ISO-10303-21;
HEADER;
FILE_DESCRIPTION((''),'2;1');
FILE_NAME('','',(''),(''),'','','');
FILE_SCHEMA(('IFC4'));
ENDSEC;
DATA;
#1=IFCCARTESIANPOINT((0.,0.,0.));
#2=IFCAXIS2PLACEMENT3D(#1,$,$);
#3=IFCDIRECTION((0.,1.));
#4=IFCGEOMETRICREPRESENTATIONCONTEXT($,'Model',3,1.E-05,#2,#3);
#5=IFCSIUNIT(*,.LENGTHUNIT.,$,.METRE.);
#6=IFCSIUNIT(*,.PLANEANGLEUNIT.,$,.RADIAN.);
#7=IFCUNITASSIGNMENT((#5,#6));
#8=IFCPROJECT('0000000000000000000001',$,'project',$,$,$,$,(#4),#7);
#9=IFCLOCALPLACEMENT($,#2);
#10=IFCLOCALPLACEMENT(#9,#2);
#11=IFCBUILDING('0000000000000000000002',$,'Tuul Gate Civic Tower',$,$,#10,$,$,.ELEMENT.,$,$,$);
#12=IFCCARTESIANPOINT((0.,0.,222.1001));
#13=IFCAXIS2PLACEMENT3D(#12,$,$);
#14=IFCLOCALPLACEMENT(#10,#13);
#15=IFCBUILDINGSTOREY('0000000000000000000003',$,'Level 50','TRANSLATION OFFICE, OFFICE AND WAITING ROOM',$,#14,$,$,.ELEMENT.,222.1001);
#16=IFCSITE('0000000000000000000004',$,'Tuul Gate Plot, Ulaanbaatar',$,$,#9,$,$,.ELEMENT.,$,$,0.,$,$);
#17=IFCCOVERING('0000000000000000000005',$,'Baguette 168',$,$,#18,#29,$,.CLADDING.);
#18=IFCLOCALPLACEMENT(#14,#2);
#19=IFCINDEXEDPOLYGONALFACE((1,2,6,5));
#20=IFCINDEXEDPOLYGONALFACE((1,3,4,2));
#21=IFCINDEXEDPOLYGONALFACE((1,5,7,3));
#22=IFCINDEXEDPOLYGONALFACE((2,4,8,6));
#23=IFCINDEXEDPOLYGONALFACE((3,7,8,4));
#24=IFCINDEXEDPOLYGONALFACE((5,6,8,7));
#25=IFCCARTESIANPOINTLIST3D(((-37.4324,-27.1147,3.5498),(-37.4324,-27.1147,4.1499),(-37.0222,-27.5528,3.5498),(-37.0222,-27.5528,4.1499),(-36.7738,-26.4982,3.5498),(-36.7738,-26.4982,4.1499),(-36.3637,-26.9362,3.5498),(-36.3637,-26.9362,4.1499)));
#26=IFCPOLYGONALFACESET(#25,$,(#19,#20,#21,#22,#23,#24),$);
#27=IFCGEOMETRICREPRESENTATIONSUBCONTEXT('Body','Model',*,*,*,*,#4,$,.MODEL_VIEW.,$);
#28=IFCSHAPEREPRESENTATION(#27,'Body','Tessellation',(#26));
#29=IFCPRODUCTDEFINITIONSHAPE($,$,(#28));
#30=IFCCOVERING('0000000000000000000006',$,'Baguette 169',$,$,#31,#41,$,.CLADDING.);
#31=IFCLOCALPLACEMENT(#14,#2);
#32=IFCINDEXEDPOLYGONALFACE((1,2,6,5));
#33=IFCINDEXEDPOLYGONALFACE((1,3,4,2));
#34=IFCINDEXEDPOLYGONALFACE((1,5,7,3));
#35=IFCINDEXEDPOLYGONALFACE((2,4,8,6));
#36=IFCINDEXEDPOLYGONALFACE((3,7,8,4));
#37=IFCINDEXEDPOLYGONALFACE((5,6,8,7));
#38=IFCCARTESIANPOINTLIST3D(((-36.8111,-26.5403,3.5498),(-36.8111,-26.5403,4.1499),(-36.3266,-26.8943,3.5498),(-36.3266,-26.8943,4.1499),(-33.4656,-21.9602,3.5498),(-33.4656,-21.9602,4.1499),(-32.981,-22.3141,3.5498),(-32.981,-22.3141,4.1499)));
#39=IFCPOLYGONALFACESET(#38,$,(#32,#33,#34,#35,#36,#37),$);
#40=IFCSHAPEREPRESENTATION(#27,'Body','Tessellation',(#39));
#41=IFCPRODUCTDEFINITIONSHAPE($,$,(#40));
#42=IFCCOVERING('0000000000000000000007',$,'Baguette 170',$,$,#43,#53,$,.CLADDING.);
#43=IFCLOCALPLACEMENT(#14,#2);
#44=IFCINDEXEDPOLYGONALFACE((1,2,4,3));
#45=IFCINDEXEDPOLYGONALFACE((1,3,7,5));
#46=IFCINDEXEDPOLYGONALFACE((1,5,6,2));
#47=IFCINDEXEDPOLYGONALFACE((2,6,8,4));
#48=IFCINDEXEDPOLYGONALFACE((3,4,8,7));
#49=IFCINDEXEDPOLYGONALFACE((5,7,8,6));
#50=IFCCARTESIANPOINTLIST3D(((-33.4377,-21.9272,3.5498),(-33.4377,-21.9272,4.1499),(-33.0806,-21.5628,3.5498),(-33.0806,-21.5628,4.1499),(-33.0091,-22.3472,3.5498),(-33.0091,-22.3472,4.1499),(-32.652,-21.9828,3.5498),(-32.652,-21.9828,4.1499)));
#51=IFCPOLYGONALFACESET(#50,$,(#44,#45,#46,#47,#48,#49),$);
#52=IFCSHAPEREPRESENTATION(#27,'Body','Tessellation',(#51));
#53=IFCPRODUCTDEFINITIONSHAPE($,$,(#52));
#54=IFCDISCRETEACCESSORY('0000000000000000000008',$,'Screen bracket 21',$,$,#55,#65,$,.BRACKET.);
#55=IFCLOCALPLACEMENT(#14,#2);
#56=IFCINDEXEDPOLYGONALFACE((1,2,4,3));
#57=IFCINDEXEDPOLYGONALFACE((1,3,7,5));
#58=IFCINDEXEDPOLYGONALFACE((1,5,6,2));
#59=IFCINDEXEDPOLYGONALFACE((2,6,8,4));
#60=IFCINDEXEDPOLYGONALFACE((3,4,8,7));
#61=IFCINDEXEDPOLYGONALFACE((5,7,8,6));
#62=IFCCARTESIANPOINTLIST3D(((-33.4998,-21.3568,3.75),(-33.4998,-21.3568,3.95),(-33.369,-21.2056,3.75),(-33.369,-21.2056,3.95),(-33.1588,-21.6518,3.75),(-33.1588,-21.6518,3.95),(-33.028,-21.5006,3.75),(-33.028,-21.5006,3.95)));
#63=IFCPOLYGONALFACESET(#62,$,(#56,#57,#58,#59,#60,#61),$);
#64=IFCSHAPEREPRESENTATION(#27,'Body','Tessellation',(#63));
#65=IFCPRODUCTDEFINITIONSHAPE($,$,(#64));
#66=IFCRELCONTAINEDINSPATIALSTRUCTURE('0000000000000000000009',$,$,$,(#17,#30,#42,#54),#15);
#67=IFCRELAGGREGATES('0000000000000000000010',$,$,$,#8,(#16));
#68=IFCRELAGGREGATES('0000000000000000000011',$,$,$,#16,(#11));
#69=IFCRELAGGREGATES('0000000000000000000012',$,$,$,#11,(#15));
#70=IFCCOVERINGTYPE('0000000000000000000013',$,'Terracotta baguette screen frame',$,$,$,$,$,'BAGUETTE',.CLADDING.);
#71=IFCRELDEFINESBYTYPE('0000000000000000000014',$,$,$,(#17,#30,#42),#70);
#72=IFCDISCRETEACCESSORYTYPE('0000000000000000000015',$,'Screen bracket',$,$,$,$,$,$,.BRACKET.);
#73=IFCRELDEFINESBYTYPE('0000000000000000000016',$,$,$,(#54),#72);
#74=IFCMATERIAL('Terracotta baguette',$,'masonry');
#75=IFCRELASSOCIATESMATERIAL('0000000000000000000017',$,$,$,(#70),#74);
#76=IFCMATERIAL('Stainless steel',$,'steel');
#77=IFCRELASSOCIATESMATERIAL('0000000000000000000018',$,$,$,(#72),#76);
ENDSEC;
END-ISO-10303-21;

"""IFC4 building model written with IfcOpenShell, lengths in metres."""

from ifc_helpers import new_model, si_unit, direction, frame, origin, origin_2d, place, context, subcontext, project, spatial, rectangle, extrude, material, material_profile, profile_set, type_object, element, save


model = new_model("IFC4")

# Units and contexts
model_context = context("Model", 3, precision=1e-05, world=origin(), true_north=direction((0.0, 1.0)))
body_context = subcontext(model_context, "Body", "Model", "MODEL_VIEW")
ifc_project = project(units=[si_unit("LENGTHUNIT", "METRE"), si_unit("PLANEANGLEUNIT", "RADIAN")], contexts=[model_context])

# Site, building, storey
site_placement = place(None, origin())
site = spatial("IfcSite", under=ifc_project, at=site_placement, Name="Tuul Gate Plot, Ulaanbaatar", CompositionType="ELEMENT", RefElevation=0.0)
building_placement = place(site_placement, origin())
building = spatial("IfcBuilding", under=site, at=building_placement, Name="Tuul Gate Civic Tower", CompositionType="ELEMENT")
storey_placement = place(building_placement, frame((0.0, 0.0, 222.1001)))
storey = spatial("IfcBuildingStorey", under=building, at=storey_placement, Name="Level 50", Description="TRANSLATION OFFICE, OFFICE AND WAITING ROOM", CompositionType="ELEMENT", Elevation=222.1001)

# Coverings
ifc_material_1 = material(Name="Terracotta baguette", Category="masonry")
ifc_material_profile_1 = material_profile(ifc_material_1, rectangle(XDim=0.6001, YDim=0.6001, at=origin_2d()), Name="Terracotta baguette screen frame")
ifc_profile_set_1 = profile_set([ifc_material_profile_1], Name="Terracotta baguette")
covering_type = type_object("IfcCoveringType", Name="Terracotta baguette screen frame", ElementType="BAGUETTE", PredefinedType="CLADDING", material=ifc_profile_set_1)
covering_1_placement = place(storey_placement, frame((-37.2273, -27.3337, 3.8499), z_axis=(0.730001, 0.683446, 0.0), x_axis=(-0.683446, 0.730001, 0.0)))
element("IfcCovering", 1, at=covering_1_placement, inside=storey, type_object=covering_type, Name="Baguette 168", PredefinedType="CLADDING", context=body_context, shape_type="SweptSolid", body=[
    extrude(rectangle(XDim=0.6001, YDim=0.6001, at=origin_2d()), origin(), (0.0, 0.0, 1.0), 0.9021),
])
covering_2_placement = place(storey_placement, frame((-36.5688, -26.7173, 3.8499), z_axis=(0.589842, 0.807519, 0.0), x_axis=(-0.807519, 0.589842, 0.0)))
element("IfcCovering", 2, at=covering_2_placement, inside=storey, type_object=covering_type, Name="Baguette 169", PredefinedType="CLADDING", context=body_context, shape_type="SweptSolid", body=[
    extrude(rectangle(XDim=0.6001, YDim=0.6001, at=origin_2d()), origin(), (0.0, 0.0, 1.0), 5.6719),
])
covering_3_placement = place(storey_placement, frame((-33.2234, -22.1372, 3.8499), z_axis=(0.699894, 0.714246, 0.0), x_axis=(-0.714246, 0.699894, 0.0)))
element("IfcCovering", 3, at=covering_3_placement, inside=storey, type_object=covering_type, Name="Baguette 170", PredefinedType="CLADDING", context=body_context, shape_type="SweptSolid", body=[
    extrude(rectangle(XDim=0.6001, YDim=0.6001, at=origin_2d()), origin(), (0.0, 0.0, 1.0), 0.5103),
])

# Discrete accessory
ifc_material_2 = material(Name="Stainless steel", Category="steel")
discrete_accessory_type = type_object("IfcDiscreteAccessoryType", Name="Screen bracket", PredefinedType="BRACKET", material=ifc_material_2)
discrete_accessory_placement = place(storey_placement, frame((-33.2639, -21.4287, 3.75), z_axis=(0.0, 0.0, 1.0), x_axis=(0.756353, -0.654164, 0.0)))
element("IfcDiscreteAccessory", 4, at=discrete_accessory_placement, inside=storey, type_object=discrete_accessory_type, Name="Screen bracket 21", PredefinedType="BRACKET", context=body_context, shape_type="SweptSolid", body=[
    extrude(rectangle(XDim=0.4509, YDim=0.2, at=origin_2d()), origin(), (0.0, 0.0, 1.0), 0.2),
])

save(model, "model.ifc")
